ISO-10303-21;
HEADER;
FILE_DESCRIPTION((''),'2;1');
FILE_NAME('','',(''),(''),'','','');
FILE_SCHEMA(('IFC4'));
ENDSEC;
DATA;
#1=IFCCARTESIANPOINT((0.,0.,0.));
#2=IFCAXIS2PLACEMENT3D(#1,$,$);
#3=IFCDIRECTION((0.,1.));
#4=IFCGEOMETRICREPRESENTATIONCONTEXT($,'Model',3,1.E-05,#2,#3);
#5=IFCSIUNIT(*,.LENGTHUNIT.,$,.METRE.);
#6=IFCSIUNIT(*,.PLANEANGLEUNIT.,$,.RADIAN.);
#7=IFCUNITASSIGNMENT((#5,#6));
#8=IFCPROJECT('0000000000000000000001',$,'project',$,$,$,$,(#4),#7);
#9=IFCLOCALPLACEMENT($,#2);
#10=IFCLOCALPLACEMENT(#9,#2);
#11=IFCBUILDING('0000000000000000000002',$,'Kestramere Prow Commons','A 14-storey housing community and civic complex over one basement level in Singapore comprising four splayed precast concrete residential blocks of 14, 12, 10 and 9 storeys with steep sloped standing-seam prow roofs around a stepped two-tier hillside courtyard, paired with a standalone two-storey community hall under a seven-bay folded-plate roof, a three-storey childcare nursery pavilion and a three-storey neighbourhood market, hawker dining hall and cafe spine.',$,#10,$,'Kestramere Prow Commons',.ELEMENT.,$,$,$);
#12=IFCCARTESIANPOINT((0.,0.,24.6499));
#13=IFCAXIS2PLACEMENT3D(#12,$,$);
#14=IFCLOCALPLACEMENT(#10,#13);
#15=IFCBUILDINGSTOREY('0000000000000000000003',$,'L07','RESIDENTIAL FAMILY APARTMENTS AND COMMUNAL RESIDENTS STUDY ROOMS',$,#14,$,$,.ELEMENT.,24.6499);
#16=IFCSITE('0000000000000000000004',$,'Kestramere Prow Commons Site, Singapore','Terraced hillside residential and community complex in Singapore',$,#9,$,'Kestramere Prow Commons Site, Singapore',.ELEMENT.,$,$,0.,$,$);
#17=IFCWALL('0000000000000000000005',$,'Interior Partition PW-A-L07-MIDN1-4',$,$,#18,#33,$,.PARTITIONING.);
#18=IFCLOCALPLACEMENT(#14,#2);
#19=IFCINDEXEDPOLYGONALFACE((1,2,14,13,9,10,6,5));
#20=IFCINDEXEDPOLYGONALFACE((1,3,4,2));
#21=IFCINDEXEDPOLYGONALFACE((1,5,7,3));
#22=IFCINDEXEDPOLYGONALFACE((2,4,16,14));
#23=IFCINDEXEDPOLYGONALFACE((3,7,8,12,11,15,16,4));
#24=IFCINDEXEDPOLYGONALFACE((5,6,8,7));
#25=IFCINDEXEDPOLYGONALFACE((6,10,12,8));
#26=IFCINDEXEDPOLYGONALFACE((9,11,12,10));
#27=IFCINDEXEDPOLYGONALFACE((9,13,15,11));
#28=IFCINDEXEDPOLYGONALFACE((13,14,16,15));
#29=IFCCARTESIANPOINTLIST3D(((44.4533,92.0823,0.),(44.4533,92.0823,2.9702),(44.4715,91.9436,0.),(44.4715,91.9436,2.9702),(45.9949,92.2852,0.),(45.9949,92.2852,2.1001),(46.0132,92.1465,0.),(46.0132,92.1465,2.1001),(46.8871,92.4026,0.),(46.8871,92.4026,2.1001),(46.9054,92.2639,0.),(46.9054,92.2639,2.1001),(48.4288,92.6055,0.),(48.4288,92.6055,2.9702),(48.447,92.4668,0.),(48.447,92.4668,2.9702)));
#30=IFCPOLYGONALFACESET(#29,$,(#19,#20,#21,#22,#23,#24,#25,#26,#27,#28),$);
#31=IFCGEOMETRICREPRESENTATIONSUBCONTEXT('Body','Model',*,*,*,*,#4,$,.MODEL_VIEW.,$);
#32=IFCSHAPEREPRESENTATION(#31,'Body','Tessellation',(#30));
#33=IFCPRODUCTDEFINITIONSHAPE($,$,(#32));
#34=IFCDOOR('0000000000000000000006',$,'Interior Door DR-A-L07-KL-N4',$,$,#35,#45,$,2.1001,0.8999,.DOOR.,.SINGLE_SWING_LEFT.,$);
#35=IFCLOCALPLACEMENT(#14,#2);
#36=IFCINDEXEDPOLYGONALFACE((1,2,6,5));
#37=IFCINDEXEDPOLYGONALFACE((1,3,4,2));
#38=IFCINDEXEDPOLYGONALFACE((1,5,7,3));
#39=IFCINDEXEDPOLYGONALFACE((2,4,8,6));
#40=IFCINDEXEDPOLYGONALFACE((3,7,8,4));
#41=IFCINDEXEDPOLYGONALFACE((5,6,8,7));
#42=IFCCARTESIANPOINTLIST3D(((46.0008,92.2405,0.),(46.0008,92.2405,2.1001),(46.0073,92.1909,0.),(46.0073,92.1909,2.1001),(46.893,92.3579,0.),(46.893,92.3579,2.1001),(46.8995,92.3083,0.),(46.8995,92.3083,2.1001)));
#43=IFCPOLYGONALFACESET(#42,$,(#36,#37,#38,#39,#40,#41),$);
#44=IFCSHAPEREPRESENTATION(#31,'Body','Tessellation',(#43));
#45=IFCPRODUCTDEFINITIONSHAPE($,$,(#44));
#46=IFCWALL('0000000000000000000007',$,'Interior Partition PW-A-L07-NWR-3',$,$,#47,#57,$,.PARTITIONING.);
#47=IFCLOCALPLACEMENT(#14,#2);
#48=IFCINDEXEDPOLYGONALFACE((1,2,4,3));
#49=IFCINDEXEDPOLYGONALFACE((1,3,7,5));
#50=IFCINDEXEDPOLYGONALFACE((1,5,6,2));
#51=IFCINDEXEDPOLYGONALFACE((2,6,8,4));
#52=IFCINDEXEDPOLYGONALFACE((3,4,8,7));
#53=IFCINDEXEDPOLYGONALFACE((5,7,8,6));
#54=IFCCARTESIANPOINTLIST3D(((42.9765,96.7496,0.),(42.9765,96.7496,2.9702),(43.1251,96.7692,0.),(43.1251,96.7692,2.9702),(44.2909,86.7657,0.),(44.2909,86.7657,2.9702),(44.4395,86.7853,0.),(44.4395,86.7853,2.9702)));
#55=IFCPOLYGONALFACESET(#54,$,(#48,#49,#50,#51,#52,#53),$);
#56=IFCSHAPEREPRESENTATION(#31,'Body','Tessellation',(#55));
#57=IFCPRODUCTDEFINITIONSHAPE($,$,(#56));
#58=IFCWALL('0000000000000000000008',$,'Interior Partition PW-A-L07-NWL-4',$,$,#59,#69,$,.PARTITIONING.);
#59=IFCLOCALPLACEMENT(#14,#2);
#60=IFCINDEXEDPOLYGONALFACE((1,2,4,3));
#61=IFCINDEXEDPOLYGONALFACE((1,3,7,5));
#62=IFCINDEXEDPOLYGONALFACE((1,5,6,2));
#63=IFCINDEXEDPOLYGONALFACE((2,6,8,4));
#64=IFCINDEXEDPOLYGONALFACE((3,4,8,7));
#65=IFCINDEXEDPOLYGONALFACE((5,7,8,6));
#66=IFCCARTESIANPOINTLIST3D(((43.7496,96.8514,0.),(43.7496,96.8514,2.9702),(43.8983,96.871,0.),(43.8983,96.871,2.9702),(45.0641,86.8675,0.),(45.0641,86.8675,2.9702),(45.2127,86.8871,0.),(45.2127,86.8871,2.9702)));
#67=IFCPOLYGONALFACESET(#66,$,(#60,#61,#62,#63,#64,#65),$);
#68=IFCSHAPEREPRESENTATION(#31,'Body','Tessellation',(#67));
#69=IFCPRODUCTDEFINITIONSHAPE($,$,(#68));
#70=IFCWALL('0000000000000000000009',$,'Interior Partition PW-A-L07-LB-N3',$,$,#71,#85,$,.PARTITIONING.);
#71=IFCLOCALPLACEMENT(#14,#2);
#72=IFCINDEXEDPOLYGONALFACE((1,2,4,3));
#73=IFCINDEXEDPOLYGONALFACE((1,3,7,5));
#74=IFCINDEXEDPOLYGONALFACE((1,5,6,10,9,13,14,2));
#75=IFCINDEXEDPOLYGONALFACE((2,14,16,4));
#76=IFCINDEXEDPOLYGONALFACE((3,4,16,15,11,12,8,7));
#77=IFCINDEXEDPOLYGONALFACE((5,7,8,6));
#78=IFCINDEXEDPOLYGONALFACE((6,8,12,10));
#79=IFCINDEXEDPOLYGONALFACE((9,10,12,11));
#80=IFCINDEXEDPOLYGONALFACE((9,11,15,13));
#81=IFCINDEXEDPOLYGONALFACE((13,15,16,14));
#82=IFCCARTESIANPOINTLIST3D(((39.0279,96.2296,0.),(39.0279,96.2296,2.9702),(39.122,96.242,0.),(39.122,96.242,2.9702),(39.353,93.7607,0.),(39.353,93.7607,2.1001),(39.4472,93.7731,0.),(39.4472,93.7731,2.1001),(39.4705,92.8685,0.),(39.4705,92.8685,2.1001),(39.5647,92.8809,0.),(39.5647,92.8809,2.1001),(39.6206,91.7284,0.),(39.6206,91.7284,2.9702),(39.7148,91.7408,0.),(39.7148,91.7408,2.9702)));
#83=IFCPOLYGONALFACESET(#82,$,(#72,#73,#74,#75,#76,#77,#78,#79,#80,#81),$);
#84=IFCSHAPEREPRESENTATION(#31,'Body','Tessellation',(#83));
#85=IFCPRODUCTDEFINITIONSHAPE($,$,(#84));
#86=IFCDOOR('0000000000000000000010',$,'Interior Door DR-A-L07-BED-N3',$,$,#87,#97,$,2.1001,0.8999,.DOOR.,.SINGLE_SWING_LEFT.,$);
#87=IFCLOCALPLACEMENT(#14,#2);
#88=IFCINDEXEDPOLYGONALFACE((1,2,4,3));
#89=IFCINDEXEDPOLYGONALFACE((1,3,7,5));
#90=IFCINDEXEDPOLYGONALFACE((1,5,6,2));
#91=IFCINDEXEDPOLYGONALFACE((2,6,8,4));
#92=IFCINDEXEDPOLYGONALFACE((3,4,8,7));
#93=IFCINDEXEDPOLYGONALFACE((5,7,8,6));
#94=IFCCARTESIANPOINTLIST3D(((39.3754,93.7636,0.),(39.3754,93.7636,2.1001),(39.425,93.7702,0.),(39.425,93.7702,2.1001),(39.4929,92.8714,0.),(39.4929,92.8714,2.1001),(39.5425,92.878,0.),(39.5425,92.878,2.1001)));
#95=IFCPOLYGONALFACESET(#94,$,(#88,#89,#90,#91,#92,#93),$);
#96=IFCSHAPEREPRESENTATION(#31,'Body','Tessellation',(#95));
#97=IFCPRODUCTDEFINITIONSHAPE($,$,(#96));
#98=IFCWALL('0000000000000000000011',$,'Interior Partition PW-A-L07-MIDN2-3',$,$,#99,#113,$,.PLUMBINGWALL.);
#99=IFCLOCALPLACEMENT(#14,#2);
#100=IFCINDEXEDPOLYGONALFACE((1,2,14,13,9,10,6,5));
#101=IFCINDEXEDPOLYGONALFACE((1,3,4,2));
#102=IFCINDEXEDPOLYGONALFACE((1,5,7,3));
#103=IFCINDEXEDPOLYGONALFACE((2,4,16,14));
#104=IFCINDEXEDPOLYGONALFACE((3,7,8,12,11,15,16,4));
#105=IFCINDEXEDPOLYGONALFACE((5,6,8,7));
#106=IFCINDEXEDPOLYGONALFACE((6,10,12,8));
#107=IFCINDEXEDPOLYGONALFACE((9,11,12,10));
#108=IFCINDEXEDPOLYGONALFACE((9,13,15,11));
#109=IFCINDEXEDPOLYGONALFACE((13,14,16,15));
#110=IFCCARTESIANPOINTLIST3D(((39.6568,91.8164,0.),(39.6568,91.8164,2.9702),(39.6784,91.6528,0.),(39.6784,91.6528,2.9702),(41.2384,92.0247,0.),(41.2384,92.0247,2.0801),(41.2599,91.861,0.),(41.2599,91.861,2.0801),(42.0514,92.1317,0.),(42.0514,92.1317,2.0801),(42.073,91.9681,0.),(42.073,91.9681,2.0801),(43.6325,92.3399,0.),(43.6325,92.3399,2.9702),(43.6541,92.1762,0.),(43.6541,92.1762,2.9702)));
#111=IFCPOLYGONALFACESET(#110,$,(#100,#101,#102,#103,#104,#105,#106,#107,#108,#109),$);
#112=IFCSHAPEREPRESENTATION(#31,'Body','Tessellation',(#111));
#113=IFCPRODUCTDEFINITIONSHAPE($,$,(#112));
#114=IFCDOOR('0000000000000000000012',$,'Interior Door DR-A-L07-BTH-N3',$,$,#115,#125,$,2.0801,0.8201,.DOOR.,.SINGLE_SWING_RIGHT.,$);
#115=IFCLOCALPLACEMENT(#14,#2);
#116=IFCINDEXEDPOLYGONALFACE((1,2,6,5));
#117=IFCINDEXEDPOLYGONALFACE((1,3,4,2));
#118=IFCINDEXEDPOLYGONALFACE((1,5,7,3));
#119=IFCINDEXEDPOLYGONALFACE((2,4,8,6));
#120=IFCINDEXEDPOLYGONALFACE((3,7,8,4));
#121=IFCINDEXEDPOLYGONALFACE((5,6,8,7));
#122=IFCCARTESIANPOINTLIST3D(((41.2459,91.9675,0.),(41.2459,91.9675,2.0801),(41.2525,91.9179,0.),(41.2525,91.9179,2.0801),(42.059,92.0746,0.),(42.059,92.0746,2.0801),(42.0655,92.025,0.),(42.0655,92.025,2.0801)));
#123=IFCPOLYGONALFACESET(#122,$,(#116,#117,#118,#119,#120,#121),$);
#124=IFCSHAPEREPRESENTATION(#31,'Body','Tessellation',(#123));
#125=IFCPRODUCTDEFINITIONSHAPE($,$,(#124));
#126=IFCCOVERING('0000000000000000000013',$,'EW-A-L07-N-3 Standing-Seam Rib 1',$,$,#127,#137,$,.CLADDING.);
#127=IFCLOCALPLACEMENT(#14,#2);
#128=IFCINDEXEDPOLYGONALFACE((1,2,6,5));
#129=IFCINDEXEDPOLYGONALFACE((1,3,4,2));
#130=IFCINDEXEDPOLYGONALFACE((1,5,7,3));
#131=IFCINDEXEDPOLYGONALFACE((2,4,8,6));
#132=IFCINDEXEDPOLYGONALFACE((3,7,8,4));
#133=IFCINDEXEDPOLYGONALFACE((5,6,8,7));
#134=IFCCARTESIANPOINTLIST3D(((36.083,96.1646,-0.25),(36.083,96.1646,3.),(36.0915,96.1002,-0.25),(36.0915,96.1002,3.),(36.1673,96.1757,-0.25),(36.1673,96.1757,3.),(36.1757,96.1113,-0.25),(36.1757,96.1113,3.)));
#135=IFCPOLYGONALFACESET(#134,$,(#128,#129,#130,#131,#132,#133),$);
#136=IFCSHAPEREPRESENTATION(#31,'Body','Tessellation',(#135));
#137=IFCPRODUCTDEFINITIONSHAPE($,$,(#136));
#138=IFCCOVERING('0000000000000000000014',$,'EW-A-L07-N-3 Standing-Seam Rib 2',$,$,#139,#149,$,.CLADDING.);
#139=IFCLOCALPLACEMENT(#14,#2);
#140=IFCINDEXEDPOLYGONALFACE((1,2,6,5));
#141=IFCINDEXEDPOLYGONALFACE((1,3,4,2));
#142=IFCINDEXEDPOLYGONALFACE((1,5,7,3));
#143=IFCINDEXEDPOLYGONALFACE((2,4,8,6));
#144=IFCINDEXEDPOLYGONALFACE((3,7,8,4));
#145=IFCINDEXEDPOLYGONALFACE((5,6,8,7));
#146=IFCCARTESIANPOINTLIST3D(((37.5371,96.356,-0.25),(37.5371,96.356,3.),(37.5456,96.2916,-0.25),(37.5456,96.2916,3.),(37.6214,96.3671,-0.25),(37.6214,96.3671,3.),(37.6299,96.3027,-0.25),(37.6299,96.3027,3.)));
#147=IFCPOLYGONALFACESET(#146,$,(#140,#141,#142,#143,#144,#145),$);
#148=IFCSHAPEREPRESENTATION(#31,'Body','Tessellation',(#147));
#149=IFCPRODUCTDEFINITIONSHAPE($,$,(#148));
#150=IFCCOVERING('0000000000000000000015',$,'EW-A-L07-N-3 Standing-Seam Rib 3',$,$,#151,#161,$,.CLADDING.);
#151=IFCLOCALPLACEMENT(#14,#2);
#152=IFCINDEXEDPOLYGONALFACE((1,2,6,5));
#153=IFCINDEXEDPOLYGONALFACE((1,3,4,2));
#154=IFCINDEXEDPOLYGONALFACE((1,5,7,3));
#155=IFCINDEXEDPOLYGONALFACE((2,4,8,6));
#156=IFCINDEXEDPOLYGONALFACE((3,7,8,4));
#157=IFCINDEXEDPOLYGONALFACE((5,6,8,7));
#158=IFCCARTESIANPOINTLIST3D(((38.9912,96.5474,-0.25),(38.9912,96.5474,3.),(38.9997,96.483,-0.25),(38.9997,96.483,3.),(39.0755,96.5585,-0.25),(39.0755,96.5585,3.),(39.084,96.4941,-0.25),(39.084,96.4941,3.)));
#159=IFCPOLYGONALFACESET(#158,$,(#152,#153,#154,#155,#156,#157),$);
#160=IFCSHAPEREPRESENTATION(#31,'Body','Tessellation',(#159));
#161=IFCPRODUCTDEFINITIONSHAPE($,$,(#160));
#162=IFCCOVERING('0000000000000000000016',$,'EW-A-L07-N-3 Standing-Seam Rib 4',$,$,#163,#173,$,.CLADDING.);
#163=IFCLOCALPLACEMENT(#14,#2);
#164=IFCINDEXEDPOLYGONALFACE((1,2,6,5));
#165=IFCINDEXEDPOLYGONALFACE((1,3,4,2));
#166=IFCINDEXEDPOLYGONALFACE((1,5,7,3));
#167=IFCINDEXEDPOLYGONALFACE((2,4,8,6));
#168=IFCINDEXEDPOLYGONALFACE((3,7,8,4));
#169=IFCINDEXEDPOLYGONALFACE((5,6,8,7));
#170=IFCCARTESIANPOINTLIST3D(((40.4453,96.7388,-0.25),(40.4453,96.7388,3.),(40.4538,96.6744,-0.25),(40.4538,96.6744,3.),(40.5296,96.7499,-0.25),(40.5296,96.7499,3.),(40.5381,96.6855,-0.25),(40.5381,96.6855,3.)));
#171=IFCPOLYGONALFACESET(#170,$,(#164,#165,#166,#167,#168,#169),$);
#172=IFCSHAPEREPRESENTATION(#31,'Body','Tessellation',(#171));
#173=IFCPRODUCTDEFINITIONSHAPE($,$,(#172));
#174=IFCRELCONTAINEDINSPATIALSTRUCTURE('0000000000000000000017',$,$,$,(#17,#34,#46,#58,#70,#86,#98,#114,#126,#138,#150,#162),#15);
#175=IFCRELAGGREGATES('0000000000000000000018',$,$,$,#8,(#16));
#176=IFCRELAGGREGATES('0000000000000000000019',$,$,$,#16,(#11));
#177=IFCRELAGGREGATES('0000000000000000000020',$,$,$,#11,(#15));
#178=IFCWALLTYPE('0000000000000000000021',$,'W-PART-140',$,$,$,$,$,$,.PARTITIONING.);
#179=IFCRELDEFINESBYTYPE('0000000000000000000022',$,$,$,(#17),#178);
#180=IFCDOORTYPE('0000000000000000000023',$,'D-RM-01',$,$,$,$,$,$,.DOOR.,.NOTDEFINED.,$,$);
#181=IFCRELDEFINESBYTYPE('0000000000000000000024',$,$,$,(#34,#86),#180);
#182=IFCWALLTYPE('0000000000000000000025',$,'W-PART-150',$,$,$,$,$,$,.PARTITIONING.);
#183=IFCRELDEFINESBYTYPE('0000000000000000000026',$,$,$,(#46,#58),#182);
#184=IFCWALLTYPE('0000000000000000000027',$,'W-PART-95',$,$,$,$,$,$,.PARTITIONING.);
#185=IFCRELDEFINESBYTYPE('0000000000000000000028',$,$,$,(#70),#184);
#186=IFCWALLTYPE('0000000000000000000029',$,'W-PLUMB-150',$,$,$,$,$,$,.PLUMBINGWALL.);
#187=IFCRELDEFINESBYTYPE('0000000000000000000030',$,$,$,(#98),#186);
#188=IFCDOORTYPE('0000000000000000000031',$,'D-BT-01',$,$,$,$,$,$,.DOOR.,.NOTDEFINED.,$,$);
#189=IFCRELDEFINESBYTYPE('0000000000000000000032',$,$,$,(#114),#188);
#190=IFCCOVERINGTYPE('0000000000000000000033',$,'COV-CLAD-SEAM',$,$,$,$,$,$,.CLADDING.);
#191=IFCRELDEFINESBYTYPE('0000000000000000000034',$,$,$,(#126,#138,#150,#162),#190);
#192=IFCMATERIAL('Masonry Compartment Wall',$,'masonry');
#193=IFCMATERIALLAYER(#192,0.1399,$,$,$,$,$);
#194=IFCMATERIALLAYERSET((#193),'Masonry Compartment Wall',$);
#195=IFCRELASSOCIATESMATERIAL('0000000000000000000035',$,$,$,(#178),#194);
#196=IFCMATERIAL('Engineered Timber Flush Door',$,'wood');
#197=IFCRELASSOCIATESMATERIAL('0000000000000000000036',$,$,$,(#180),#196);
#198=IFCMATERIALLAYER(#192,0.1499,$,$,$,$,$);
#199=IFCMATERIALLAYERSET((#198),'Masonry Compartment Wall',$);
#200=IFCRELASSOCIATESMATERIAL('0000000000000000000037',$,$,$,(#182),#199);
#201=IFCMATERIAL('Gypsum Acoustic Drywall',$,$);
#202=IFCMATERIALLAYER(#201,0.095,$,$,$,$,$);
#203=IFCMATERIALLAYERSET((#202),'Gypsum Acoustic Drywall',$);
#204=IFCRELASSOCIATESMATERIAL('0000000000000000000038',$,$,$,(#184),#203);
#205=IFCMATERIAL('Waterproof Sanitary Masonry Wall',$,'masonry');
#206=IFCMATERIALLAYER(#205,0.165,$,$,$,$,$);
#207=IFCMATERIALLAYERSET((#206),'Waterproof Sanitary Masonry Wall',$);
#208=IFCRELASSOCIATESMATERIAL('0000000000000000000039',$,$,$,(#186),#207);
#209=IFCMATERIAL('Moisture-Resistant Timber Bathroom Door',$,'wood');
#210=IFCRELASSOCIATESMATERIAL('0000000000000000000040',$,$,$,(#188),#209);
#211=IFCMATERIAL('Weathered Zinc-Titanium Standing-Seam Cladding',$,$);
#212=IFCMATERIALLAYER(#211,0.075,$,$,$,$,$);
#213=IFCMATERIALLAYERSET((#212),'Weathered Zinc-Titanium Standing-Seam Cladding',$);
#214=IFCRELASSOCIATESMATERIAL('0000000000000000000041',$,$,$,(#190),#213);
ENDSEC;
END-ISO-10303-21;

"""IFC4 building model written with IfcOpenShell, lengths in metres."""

from ifc_helpers import new_model, si_unit, direction, frame, frame_2d, origin, origin_2d, place, context, subcontext, project, spatial, rectangle, extrude, material, layer, layer_set, type_object, element, fill, save


model = new_model("IFC4")

# Units and contexts
model_context = context("Model", 3, precision=1e-05, world=origin(), true_north=direction((0.0, 1.0)))
body_context = subcontext(model_context, "Body", "Model", "MODEL_VIEW")
ifc_project = project(units=[si_unit("LENGTHUNIT", "METRE"), si_unit("PLANEANGLEUNIT", "RADIAN")], contexts=[model_context])

# Site, building, storey
site_placement = place(None, origin())
site = spatial("IfcSite", under=ifc_project, at=site_placement, Name="Kestramere Prow Commons Site, Singapore", Description="Terraced hillside residential and community complex in Singapore", LongName="Kestramere Prow Commons Site, Singapore", CompositionType="ELEMENT", RefElevation=0.0)
building_placement = place(site_placement, origin())
building = spatial("IfcBuilding", under=site, at=building_placement, Name="Kestramere Prow Commons", Description="A 14-storey housing community and civic complex over one basement level in Singapore comprising four splayed precast concrete residential blocks of 14, 12, 10 and 9 storeys with steep sloped standing-seam prow roofs around a stepped two-tier hillside courtyard, paired with a standalone two-storey community hall under a seven-bay folded-plate roof, a three-storey childcare nursery pavilion and a three-storey neighbourhood market, hawker dining hall and cafe spine.", LongName="Kestramere Prow Commons", CompositionType="ELEMENT")
storey_placement = place(building_placement, frame((0.0, 0.0, 24.6499)))
storey = spatial("IfcBuildingStorey", under=building, at=storey_placement, Name="L07", Description="RESIDENTIAL FAMILY APARTMENTS AND COMMUNAL RESIDENTS STUDY ROOMS", CompositionType="ELEMENT", Elevation=24.6499)

# Wall, opening, door
ifc_material_1 = material(Name="Masonry Compartment Wall", Category="masonry")
ifc_layer_1 = layer(ifc_material_1, 0.1399)
ifc_layer_set_1 = layer_set([ifc_layer_1], Name="Masonry Compartment Wall")
wall_type_1 = type_object("IfcWallType", Name="W-PART-140", PredefinedType="PARTITIONING", material=ifc_layer_set_1)
wall_1_placement = place(storey_placement, frame((44.4624, 92.0129, 0.0), z_axis=(0.0, 0.0, 1.0), x_axis=(0.991451, 0.130477, 0.0)))
wall_1 = element("IfcWall", 1, at=wall_1_placement, inside=storey, type_object=wall_type_1, Name="Interior Partition PW-A-L07-MIDN1-4", PredefinedType="PARTITIONING", context=body_context, shape_type="SweptSolid", body=[
    extrude(rectangle(XDim=4.0098, YDim=0.1399, at=frame_2d((2.0049, 0.0))), origin(), (0.0, 0.0, 1.0), 2.9702),
])
opening_1_placement = place(wall_1_placement, frame((1.5549, 0.0, 0.0)))
opening_1 = element("IfcOpeningElement", 2, at=opening_1_placement, cuts=wall_1, PredefinedType="OPENING", context=body_context, shape_type="SweptSolid", body=[
    extrude(rectangle(XDim=0.8999, YDim=2.1001, at=frame_2d((0.45, 1.05))), frame((0.0, 0.085, 0.0), z_axis=(0.0, -1.0, 0.0), x_axis=(1.0, 0.0, 0.0)), (0.0, 0.0, 1.0), 0.1699),
])
ifc_material_2 = material(Name="Engineered Timber Flush Door", Category="wood")
door_type_1 = type_object("IfcDoorType", Name="D-RM-01", OperationType="NOTDEFINED", PredefinedType="DOOR", material=ifc_material_2)
door_1_placement = place(opening_1_placement, origin())
door_1 = element("IfcDoor", 3, at=door_1_placement, inside=storey, type_object=door_type_1, Name="Interior Door DR-A-L07-KL-N4", OperationType="SINGLE_SWING_LEFT", OverallHeight=2.1001, OverallWidth=0.8999, PredefinedType="DOOR", context=body_context, shape_type="SweptSolid", body=[
    extrude(rectangle(XDim=0.8999, YDim=2.1001, at=frame_2d((0.45, 1.05))), frame((0.0, 0.0249, 0.0), z_axis=(0.0, -1.0, 0.0), x_axis=(1.0, 0.0, 0.0)), (0.0, 0.0, 1.0), 0.05),
])
fill(opening_1, door_1)

# Walls
ifc_layer_2 = layer(ifc_material_1, 0.1499)
ifc_layer_set_2 = layer_set([ifc_layer_2], Name="Masonry Compartment Wall")
wall_type_2 = type_object("IfcWallType", Name="W-PART-150", PredefinedType="PARTITIONING", material=ifc_layer_set_2)
for number, where, z_axis, x_axis, name in (
    (4, (44.3652, 86.7754, 0.0), (0.0, 0.0, 1.0), (-0.130531, 0.991444, 0.0), "Interior Partition PW-A-L07-NWR-3"),
    (5, (45.1384, 86.8772, 0.0), (0.0, 0.0, 1.0), (-0.130531, 0.991444, 0.0), "Interior Partition PW-A-L07-NWL-4"),
):
    element("IfcWall", number, at=place(storey_placement, frame(where, z_axis=z_axis, x_axis=x_axis)), inside=storey, type_object=wall_type_2, Name=name, PredefinedType="PARTITIONING", context=body_context, shape_type="SweptSolid", body=[
        extrude(rectangle(XDim=10.0701, YDim=0.1499, at=frame_2d((5.0352, 0.0))), origin(), (0.0, 0.0, 1.0), 2.9702),
    ])

# Walls, openings, doors
ifc_material_3 = material(Name="Gypsum Acoustic Drywall")
ifc_layer_3 = layer(ifc_material_3, 0.095)
ifc_layer_set_3 = layer_set([ifc_layer_3], Name="Gypsum Acoustic Drywall")
wall_type_3 = type_object("IfcWallType", Name="W-PART-95", PredefinedType="PARTITIONING", material=ifc_layer_set_3)
wall_2_placement = place(storey_placement, frame((39.6677, 91.7346, 0.0), z_axis=(0.0, 0.0, 1.0), x_axis=(-0.130564, 0.99144, 0.0)))
wall_2 = element("IfcWall", 6, at=wall_2_placement, inside=storey, type_object=wall_type_3, Name="Interior Partition PW-A-L07-LB-N3", PredefinedType="PARTITIONING", context=body_context, shape_type="SweptSolid", body=[
    extrude(rectangle(XDim=4.54, YDim=0.095, at=frame_2d((2.27, 0.0))), origin(), (0.0, 0.0, 1.0), 2.9702),
])
opening_2_placement = place(wall_2_placement, frame((1.1499, 0.0, 0.0)))
opening_2 = element("IfcOpeningElement", 7, at=opening_2_placement, cuts=wall_2, PredefinedType="OPENING", context=body_context, shape_type="SweptSolid", body=[
    extrude(rectangle(XDim=0.8999, YDim=2.1001, at=frame_2d((0.45, 1.05))), frame((0.0, 0.0625, 0.0), z_axis=(0.0, -1.0, 0.0), x_axis=(1.0, 0.0, 0.0)), (0.0, 0.0, 1.0), 0.125),
])
door_2_placement = place(opening_2_placement, origin())
door_2 = element("IfcDoor", 8, at=door_2_placement, inside=storey, type_object=door_type_1, Name="Interior Door DR-A-L07-BED-N3", OperationType="SINGLE_SWING_LEFT", OverallHeight=2.1001, OverallWidth=0.8999, PredefinedType="DOOR", context=body_context, shape_type="SweptSolid", body=[
    extrude(rectangle(XDim=0.8999, YDim=2.1001, at=frame_2d((0.45, 1.05))), frame((0.0, 0.0249, 0.0), z_axis=(0.0, -1.0, 0.0), x_axis=(1.0, 0.0, 0.0)), (0.0, 0.0, 1.0), 0.05),
])
fill(opening_2, door_2)
ifc_material_4 = material(Name="Waterproof Sanitary Masonry Wall", Category="masonry")
ifc_layer_4 = layer(ifc_material_4, 0.165)
ifc_layer_set_4 = layer_set([ifc_layer_4], Name="Waterproof Sanitary Masonry Wall")
wall_type_4 = type_object("IfcWallType", Name="W-PLUMB-150", PredefinedType="PLUMBINGWALL", material=ifc_layer_set_4)
wall_3_placement = place(storey_placement, frame((39.6677, 91.7346, 0.0), z_axis=(0.0, 0.0, 1.0), x_axis=(0.991444, 0.130536, 0.0)))
wall_3 = element("IfcWall", 9, at=wall_3_placement, inside=storey, type_object=wall_type_4, Name="Interior Partition PW-A-L07-MIDN2-3", PredefinedType="PLUMBINGWALL", context=body_context, shape_type="SweptSolid", body=[
    extrude(rectangle(XDim=4.01, YDim=0.165, at=frame_2d((2.0049, 0.0))), origin(), (0.0, 0.0, 1.0), 2.9702),
])
opening_3_placement = place(wall_3_placement, frame((1.595, 0.0, 0.0)))
opening_3 = element("IfcOpeningElement", 10, at=opening_3_placement, cuts=wall_3, PredefinedType="OPENING", context=body_context, shape_type="SweptSolid", body=[
    extrude(rectangle(XDim=0.8201, YDim=2.0801, at=frame_2d((0.4102, 1.04))), frame((0.0, 0.0974, 0.0), z_axis=(0.0, -1.0, 0.0), x_axis=(1.0, 0.0, 0.0)), (0.0, 0.0, 1.0), 0.1951),
])
ifc_material_5 = material(Name="Moisture-Resistant Timber Bathroom Door", Category="wood")
door_type_2 = type_object("IfcDoorType", Name="D-BT-01", OperationType="NOTDEFINED", PredefinedType="DOOR", material=ifc_material_5)
door_3_placement = place(opening_3_placement, origin())
door_3 = element("IfcDoor", 11, at=door_3_placement, inside=storey, type_object=door_type_2, Name="Interior Door DR-A-L07-BTH-N3", OperationType="SINGLE_SWING_RIGHT", OverallHeight=2.0801, OverallWidth=0.8201, PredefinedType="DOOR", context=body_context, shape_type="SweptSolid", body=[
    extrude(rectangle(XDim=0.8201, YDim=2.0801, at=frame_2d((0.4102, 1.04))), frame((0.0, 0.0249, 0.0), z_axis=(0.0, -1.0, 0.0), x_axis=(1.0, 0.0, 0.0)), (0.0, 0.0, 1.0), 0.05),
])
fill(opening_3, door_3)

# Coverings
ifc_material_6 = material(Name="Weathered Zinc-Titanium Standing-Seam Cladding")
ifc_layer_5 = layer(ifc_material_6, 0.075)
ifc_layer_set_5 = layer_set([ifc_layer_5], Name="Weathered Zinc-Titanium Standing-Seam Cladding")
covering_type = type_object("IfcCoveringType", Name="COV-CLAD-SEAM", PredefinedType="CLADDING", material=ifc_layer_set_5)
for number, where, z_axis, x_axis, name in (
    (12, (36.1294, 96.1379, -0.25), (0.0, 0.0, 1.0), (0.991445, 0.130526, 0.0), "EW-A-L07-N-3 Standing-Seam Rib 1"),
    (13, (37.5835, 96.3293, -0.25), (0.0, 0.0, 1.0), (0.991445, 0.130526, 0.0), "EW-A-L07-N-3 Standing-Seam Rib 2"),
    (14, (39.0376, 96.5208, -0.25), (0.0, 0.0, 1.0), (0.991445, 0.130526, 0.0), "EW-A-L07-N-3 Standing-Seam Rib 3"),
    (15, (40.4917, 96.7122, -0.25), (0.0, 0.0, 1.0), (0.991445, 0.130526, 0.0), "EW-A-L07-N-3 Standing-Seam Rib 4"),
):
    element("IfcCovering", number, at=place(storey_placement, frame(where, z_axis=z_axis, x_axis=x_axis)), inside=storey, type_object=covering_type, Name=name, PredefinedType="CLADDING", context=body_context, shape_type="SweptSolid", body=[
        extrude(rectangle(XDim=0.085, YDim=0.0649, at=origin_2d()), origin(), (0.0, 0.0, 1.0), 3.25),
    ])

save(model, "model.ifc")
